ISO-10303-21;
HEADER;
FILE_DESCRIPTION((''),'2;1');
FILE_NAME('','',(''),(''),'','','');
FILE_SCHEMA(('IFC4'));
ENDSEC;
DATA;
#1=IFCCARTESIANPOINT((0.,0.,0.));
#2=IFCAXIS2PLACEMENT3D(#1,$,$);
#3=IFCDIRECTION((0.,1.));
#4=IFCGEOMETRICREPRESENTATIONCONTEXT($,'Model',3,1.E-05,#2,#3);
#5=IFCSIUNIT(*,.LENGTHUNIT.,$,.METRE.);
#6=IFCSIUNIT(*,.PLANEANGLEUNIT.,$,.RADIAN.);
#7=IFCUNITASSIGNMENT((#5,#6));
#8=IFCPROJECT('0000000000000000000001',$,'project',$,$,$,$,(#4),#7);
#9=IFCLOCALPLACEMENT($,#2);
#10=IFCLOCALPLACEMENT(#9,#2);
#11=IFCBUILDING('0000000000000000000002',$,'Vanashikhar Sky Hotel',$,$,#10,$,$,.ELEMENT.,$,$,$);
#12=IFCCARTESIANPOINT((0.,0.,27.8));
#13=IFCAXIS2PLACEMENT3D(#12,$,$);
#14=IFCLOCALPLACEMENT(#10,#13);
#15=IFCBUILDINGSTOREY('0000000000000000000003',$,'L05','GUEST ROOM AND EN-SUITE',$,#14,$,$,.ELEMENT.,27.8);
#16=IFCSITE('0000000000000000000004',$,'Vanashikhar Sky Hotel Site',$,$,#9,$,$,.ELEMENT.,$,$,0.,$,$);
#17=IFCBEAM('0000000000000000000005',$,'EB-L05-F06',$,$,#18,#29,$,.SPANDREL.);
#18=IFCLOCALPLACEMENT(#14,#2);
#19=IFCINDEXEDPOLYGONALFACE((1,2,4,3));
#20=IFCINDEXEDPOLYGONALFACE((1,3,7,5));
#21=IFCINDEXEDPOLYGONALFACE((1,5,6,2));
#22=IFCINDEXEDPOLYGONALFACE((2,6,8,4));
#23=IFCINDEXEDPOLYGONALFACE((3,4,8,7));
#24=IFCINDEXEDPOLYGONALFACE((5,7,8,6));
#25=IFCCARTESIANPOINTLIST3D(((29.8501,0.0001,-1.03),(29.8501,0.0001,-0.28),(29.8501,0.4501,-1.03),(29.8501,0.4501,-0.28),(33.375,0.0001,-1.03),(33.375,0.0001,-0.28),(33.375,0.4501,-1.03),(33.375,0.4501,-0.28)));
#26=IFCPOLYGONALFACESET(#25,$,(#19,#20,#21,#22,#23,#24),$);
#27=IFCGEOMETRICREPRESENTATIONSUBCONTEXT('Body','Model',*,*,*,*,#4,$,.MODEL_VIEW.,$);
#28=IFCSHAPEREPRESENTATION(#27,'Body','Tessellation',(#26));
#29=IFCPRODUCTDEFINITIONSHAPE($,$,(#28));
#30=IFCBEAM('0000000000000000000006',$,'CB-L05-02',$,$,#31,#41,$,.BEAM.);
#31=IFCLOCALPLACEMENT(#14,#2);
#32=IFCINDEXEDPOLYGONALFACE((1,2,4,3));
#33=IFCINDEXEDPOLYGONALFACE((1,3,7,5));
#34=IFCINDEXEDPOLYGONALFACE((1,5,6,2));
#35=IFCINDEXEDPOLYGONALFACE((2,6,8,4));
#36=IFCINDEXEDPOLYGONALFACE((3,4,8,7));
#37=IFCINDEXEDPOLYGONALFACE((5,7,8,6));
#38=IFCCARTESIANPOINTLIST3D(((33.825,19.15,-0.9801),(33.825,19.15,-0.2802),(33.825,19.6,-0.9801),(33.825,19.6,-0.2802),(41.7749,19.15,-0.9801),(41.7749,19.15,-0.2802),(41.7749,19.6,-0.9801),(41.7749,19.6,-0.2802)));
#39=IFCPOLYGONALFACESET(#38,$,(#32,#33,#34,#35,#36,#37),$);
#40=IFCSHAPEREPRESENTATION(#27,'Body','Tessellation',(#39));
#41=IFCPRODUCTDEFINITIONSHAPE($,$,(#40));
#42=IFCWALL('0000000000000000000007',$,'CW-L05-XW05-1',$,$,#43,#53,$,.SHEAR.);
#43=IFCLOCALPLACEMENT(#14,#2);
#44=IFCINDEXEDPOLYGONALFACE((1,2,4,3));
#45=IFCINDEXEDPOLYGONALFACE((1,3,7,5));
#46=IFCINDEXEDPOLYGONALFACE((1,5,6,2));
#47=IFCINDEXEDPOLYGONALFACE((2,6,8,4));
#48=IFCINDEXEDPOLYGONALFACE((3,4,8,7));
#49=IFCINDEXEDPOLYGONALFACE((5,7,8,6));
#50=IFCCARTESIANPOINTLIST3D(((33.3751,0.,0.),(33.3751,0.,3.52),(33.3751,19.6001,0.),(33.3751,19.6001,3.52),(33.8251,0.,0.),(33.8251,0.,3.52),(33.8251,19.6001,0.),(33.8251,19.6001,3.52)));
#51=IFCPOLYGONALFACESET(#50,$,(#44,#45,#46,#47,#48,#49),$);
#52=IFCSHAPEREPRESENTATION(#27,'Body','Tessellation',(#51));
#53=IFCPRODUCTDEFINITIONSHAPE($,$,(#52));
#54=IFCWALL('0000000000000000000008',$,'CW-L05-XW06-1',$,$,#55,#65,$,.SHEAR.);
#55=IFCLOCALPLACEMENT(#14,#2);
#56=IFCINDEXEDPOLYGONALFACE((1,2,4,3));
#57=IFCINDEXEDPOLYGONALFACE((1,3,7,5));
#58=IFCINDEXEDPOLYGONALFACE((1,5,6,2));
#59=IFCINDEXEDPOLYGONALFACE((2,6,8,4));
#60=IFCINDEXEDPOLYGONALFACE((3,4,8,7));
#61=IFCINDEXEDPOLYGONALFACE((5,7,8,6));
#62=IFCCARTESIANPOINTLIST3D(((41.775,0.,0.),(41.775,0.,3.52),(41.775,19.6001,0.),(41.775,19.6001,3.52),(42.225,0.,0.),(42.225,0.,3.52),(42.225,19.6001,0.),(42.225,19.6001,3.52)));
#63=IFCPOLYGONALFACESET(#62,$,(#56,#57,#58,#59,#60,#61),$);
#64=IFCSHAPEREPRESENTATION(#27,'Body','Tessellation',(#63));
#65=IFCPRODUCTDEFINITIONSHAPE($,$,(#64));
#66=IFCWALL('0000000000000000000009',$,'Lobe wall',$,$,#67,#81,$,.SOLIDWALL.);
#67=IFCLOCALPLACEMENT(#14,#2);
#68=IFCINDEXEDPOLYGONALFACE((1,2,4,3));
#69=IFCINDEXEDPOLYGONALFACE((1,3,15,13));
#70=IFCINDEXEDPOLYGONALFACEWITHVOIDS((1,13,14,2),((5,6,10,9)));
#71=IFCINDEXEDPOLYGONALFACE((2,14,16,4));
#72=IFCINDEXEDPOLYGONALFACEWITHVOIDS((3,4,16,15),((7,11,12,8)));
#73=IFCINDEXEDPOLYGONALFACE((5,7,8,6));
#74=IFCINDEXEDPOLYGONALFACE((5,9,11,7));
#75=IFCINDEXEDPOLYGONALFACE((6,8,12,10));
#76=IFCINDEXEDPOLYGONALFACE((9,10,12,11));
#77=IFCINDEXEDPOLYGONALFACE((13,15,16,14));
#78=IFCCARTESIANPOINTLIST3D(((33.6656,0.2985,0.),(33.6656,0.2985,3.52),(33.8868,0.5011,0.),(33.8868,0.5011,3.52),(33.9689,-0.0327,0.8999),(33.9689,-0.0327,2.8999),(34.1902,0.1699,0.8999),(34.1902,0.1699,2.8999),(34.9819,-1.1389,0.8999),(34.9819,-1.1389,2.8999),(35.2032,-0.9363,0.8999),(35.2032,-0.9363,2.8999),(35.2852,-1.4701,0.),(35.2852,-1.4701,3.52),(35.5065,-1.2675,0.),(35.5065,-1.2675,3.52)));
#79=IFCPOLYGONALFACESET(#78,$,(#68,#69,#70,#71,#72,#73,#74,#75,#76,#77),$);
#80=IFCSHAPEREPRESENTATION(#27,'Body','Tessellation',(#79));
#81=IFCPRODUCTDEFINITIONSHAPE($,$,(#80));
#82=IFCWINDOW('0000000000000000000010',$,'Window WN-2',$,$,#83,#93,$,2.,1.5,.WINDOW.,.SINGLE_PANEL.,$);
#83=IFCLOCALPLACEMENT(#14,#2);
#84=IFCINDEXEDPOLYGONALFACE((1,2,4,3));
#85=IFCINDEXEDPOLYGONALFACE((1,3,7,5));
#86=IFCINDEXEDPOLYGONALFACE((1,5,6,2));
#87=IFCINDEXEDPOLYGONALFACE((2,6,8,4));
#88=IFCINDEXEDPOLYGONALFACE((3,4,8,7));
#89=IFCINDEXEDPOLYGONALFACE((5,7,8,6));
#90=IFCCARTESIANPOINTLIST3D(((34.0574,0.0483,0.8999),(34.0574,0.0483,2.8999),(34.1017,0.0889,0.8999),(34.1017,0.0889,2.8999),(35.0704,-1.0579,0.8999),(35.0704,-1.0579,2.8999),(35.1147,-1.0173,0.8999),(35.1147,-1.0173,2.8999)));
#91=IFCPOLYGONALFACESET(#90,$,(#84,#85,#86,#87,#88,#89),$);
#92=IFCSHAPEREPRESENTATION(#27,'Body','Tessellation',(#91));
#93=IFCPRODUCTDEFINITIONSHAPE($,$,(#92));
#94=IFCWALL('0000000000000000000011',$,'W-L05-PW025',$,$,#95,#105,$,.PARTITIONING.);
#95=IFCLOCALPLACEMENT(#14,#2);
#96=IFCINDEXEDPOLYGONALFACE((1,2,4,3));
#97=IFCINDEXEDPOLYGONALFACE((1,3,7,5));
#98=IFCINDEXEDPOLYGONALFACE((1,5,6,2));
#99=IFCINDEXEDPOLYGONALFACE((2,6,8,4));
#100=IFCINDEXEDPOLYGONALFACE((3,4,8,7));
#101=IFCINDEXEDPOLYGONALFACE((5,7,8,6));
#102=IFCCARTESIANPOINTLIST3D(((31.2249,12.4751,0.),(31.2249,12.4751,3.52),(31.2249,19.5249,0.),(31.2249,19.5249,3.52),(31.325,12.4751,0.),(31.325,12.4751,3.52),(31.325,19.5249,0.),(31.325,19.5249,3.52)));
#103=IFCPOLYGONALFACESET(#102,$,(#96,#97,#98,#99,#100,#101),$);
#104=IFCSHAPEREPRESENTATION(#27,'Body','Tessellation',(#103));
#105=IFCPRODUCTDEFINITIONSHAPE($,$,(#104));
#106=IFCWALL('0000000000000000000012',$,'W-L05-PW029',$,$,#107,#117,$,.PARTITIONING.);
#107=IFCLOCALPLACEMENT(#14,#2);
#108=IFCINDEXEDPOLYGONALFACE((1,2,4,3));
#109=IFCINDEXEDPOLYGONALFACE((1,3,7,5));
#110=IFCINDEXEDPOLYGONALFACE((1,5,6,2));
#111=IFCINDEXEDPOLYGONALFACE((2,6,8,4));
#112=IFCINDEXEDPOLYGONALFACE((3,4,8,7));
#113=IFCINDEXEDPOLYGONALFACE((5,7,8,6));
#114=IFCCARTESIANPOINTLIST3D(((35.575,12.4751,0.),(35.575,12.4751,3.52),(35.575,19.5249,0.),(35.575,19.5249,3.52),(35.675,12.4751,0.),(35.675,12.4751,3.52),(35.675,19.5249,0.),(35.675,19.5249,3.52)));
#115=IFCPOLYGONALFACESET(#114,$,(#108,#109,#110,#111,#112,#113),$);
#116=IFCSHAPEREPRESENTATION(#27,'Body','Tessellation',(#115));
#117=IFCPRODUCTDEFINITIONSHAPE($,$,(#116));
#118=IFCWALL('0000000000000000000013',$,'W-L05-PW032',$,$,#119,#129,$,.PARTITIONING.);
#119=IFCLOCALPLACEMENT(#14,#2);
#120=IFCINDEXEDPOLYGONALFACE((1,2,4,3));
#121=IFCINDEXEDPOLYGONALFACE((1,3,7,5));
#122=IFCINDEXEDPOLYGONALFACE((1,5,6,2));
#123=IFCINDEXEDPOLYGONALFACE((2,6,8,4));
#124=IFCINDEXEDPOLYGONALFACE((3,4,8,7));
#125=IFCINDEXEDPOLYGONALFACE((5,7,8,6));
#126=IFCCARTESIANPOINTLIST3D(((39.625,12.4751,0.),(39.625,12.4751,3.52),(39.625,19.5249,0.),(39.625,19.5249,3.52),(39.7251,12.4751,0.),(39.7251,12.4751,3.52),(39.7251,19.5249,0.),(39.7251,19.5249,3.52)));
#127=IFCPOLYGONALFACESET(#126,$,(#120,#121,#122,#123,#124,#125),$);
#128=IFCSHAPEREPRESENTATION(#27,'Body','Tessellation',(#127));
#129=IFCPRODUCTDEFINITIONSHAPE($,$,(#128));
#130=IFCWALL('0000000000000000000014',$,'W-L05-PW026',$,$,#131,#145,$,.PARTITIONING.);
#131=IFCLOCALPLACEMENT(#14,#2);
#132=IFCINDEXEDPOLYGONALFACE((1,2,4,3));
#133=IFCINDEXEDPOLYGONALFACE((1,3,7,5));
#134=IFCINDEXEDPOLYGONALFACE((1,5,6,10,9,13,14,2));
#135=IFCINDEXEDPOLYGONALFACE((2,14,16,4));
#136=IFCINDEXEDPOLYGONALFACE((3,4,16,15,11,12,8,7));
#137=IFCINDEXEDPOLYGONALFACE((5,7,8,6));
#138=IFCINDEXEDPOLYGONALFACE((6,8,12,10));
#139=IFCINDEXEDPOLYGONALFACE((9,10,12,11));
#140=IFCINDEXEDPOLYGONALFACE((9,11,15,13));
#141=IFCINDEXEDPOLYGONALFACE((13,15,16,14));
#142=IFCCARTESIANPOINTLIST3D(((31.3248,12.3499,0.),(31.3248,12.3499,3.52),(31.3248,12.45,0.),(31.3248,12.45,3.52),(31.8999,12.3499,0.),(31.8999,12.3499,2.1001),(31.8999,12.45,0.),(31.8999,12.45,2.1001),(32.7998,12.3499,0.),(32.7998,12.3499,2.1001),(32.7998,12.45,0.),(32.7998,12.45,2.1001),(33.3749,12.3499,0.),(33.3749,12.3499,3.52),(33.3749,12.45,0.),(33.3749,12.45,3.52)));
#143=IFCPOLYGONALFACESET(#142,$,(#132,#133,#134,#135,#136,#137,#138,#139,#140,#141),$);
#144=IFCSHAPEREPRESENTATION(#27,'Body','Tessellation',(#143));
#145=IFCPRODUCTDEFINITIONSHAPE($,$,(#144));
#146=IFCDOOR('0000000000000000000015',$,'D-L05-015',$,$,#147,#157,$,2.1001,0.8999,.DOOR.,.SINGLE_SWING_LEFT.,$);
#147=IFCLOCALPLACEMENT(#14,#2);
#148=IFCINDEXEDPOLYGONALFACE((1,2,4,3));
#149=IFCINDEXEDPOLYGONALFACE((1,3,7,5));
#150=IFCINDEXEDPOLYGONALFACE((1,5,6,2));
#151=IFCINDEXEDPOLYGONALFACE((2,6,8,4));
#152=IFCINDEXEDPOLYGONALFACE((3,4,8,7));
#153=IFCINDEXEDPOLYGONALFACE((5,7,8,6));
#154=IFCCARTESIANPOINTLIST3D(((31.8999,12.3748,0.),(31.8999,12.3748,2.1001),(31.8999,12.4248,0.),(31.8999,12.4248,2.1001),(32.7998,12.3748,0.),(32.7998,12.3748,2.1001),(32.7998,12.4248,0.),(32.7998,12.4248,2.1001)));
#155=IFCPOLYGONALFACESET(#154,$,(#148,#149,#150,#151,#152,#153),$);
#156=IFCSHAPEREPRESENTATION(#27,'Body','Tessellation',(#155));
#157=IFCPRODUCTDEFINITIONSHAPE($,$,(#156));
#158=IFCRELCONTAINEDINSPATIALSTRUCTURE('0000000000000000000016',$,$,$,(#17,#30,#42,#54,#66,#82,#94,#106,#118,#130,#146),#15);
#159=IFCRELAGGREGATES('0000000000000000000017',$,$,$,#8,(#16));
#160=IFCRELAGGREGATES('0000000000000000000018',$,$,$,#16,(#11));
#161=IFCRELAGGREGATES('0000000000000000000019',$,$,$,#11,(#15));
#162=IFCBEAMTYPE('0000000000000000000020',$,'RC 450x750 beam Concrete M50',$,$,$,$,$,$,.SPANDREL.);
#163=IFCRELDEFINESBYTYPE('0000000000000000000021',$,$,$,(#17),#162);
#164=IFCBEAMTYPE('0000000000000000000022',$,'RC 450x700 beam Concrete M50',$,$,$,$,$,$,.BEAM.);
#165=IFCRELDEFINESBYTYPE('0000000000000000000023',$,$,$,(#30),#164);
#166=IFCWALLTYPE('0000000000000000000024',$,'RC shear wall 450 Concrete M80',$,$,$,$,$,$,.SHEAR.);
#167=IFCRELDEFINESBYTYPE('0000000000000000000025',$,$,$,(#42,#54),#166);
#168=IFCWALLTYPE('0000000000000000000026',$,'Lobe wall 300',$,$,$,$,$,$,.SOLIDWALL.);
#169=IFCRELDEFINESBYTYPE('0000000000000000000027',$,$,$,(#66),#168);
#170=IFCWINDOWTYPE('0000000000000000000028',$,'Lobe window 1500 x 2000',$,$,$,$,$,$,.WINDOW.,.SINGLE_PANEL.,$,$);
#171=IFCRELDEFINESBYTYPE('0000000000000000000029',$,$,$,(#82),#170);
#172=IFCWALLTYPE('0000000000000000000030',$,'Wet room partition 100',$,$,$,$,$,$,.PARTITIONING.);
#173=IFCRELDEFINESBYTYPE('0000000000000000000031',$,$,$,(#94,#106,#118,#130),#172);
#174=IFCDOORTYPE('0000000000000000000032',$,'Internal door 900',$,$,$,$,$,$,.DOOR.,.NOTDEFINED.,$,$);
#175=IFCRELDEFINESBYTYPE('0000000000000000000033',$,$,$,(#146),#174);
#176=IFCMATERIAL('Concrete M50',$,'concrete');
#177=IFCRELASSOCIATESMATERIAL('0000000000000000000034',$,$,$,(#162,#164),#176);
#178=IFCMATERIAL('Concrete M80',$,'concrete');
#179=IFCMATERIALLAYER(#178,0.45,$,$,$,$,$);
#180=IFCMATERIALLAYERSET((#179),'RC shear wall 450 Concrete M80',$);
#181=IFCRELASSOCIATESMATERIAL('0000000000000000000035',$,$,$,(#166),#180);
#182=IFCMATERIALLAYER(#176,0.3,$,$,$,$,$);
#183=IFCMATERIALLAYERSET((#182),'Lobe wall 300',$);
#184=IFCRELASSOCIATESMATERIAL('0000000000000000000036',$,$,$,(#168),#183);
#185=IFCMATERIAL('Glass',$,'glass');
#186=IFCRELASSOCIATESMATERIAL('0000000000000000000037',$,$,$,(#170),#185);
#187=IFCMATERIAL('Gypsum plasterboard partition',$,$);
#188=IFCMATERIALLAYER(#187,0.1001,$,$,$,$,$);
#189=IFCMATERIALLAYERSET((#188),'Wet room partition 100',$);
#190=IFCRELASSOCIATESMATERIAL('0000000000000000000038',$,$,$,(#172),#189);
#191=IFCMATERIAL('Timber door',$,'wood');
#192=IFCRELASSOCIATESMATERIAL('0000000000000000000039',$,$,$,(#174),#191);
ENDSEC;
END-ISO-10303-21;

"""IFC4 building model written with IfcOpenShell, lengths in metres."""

from ifc_helpers import new_model, si_unit, direction, frame, frame_2d, origin, origin_2d, place, context, subcontext, project, spatial, rectangle, extrude, source, transform, mapped, material, layer, layer_set, material_profile, profile_set, type_object, element, fill, save


model = new_model("IFC4")

# Units and contexts
model_context = context("Model", 3, precision=1e-05, world=origin(), true_north=direction((0.0, 1.0)))
body_context = subcontext(model_context, "Body", "Model", "MODEL_VIEW")
ifc_project = project(units=[si_unit("LENGTHUNIT", "METRE"), si_unit("PLANEANGLEUNIT", "RADIAN")], contexts=[model_context])

# Site, building, storey
site_placement = place(None, origin())
site = spatial("IfcSite", under=ifc_project, at=site_placement, Name="Vanashikhar Sky Hotel Site", CompositionType="ELEMENT", RefElevation=0.0)
building_placement = place(site_placement, origin())
building = spatial("IfcBuilding", under=site, at=building_placement, Name="Vanashikhar Sky Hotel", CompositionType="ELEMENT")
storey_placement = place(building_placement, frame((0.0, 0.0, 27.8)))
storey = spatial("IfcBuildingStorey", under=building, at=storey_placement, Name="L05", Description="GUEST ROOM AND EN-SUITE", CompositionType="ELEMENT", Elevation=27.8)

# Beams
ifc_material_1 = material(Name="Concrete M50", Category="concrete")
ifc_material_profile_1 = material_profile(ifc_material_1, rectangle(XDim=0.45, YDim=0.75, at=origin_2d()))
ifc_profile_set_1 = profile_set([ifc_material_profile_1], Name="RC 450x750 beam Concrete M50")
beam_type_1 = type_object("IfcBeamType", Name="RC 450x750 beam Concrete M50", PredefinedType="SPANDREL", material=ifc_profile_set_1)
shared_shape_1 = source(origin(), body_context, "Body", "SweptSolid", [
    extrude(rectangle(XDim=0.45, YDim=0.75, at=origin_2d()), origin(), (0.0, 0.0, 1.0), 3.5249),
])
beam_1_placement = place(storey_placement, frame((29.8501, 0.2251, -0.655), z_axis=(1.0, 0.0, 0.0), x_axis=(0.0, 1.0, 0.0)))
element("IfcBeam", 1, at=beam_1_placement, inside=storey, type_object=beam_type_1, Name="EB-L05-F06", PredefinedType="SPANDREL", context=body_context, shape_type="MappedRepresentation", body=[
    mapped(shared_shape_1, transform((0.0, 0.0, 0.0), scale=1.0)),
])
ifc_material_profile_2 = material_profile(ifc_material_1, rectangle(XDim=0.45, YDim=0.7, at=origin_2d()))
ifc_profile_set_2 = profile_set([ifc_material_profile_2], Name="RC 450x700 beam Concrete M50")
beam_type_2 = type_object("IfcBeamType", Name="RC 450x700 beam Concrete M50", PredefinedType="BEAM", material=ifc_profile_set_2)
shared_shape_2 = source(origin(), body_context, "Body", "SweptSolid", [
    extrude(rectangle(XDim=0.45, YDim=0.7, at=origin_2d()), origin(), (0.0, 0.0, 1.0), 7.95),
])
beam_2_placement = place(storey_placement, frame((33.825, 19.375, -0.6301), z_axis=(1.0, 0.0, 0.0), x_axis=(0.0, 1.0, 0.0)))
element("IfcBeam", 2, at=beam_2_placement, inside=storey, type_object=beam_type_2, Name="CB-L05-02", PredefinedType="BEAM", context=body_context, shape_type="MappedRepresentation", body=[
    mapped(shared_shape_2, transform((0.0, 0.0, 0.0), scale=1.0)),
])

# Walls
ifc_material_2 = material(Name="Concrete M80", Category="concrete")
ifc_layer_1 = layer(ifc_material_2, 0.45)
ifc_layer_set_1 = layer_set([ifc_layer_1], Name="RC shear wall 450 Concrete M80")
wall_type_1 = type_object("IfcWallType", Name="RC shear wall 450 Concrete M80", PredefinedType="SHEAR", material=ifc_layer_set_1)
shared_shape_3 = source(origin(), body_context, "Body", "SweptSolid", [
    extrude(rectangle(XDim=19.6001, YDim=0.45, at=frame_2d((9.8, 0.0))), origin(), (0.0, 0.0, 1.0), 3.52),
])
for number, where, z_axis, x_axis, name in (
    (3, (33.6001, 0.0, 0.0), (0.0, 0.0, 1.0), (0.0, 1.0, 0.0), "CW-L05-XW05-1"),
    (4, (42.0, 0.0, 0.0), (0.0, 0.0, 1.0), (0.0, 1.0, 0.0), "CW-L05-XW06-1"),
):
    element("IfcWall", number, at=place(storey_placement, frame(where, z_axis=z_axis, x_axis=x_axis)), inside=storey, type_object=wall_type_1, Name=name, PredefinedType="SHEAR", context=body_context, shape_type="MappedRepresentation", body=[
        mapped(shared_shape_3, transform((0.0, 0.0, 0.0), scale=1.0)),
    ])

# Shared definitions
ifc_material_3 = material(Name="Glass", Category="glass")

# Wall, opening, window
ifc_layer_2 = layer(ifc_material_1, 0.3)
ifc_layer_set_2 = layer_set([ifc_layer_2], Name="Lobe wall 300")
wall_type_2 = type_object("IfcWallType", Name="Lobe wall 300", PredefinedType="SOLIDWALL", material=ifc_layer_set_2)
shared_shape_4 = source(origin(), body_context, "Body", "SweptSolid", [
    extrude(rectangle(XDim=2.3982, YDim=0.3, at=frame_2d((1.1992, 0.0))), origin(), (0.0, 0.0, 1.0), 3.52),
])
wall_1_placement = place(storey_placement, frame((33.7761, 0.3999, 0.0), z_axis=(0.0, 0.0, 1.0), x_axis=(0.675374, -0.737475, 0.0)))
wall_1 = element("IfcWall", 5, at=wall_1_placement, inside=storey, type_object=wall_type_2, Name="Lobe wall", PredefinedType="SOLIDWALL", context=body_context, shape_type="MappedRepresentation", body=[
    mapped(shared_shape_4, transform((0.0, 0.0, 0.0), scale=1.0)),
])
shared_shape_5 = source(origin(), body_context, "Body", "SweptSolid", [
    extrude(rectangle(XDim=1.5, YDim=2.0, at=frame_2d((0.75, 1.0))), frame((0.0, 0.1602, 0.0), z_axis=(0.0, -1.0, 0.0), x_axis=(1.0, 0.0, 0.0)), (0.0, 0.0, 1.0), 0.3201),
])
opening_1_placement = place(wall_1_placement, frame((0.4492, 0.0, 0.8999)))
opening_1 = element("IfcOpeningElement", 6, at=opening_1_placement, cuts=wall_1, PredefinedType="OPENING", context=body_context, shape_type="MappedRepresentation", body=[
    mapped(shared_shape_5, transform((0.0, 0.0, 0.0), scale=1.0)),
])
window_type_1 = type_object("IfcWindowType", Name="Lobe window 1500 x 2000", PartitioningType="SINGLE_PANEL", PredefinedType="WINDOW", material=ifc_material_3)
shared_shape_6 = source(origin(), body_context, "Body", "SweptSolid", [
    extrude(rectangle(XDim=1.5, YDim=2.0, at=frame_2d((0.75, 1.0))), frame((0.0, 0.03, 0.0), z_axis=(0.0, -1.0, 0.0), x_axis=(1.0, 0.0, 0.0)), (0.0, 0.0, 1.0), 0.0601),
])
window_1_placement = place(opening_1_placement, origin())
window_1 = element("IfcWindow", 7, at=window_1_placement, inside=storey, type_object=window_type_1, Name="Window WN-2", OverallHeight=2.0, OverallWidth=1.5, PartitioningType="SINGLE_PANEL", PredefinedType="WINDOW", context=body_context, shape_type="MappedRepresentation", body=[
    mapped(shared_shape_6, transform((0.0, 0.0, 0.0), scale=1.0)),
])
fill(opening_1, window_1)

# Walls
ifc_material_4 = material(Name="Gypsum plasterboard partition")
ifc_layer_3 = layer(ifc_material_4, 0.1001)
ifc_layer_set_3 = layer_set([ifc_layer_3], Name="Wet room partition 100")
wall_type_3 = type_object("IfcWallType", Name="Wet room partition 100", PredefinedType="PARTITIONING", material=ifc_layer_set_3)
shared_shape_7 = source(origin(), body_context, "Body", "SweptSolid", [
    extrude(rectangle(XDim=7.0498, YDim=0.1001, at=frame_2d((3.5249, 0.0))), origin(), (0.0, 0.0, 1.0), 3.52),
])
for number, where, z_axis, x_axis, name in (
    (8, (31.2749, 12.4751, 0.0), (0.0, 0.0, 1.0), (0.0, 1.0, 0.0), "W-L05-PW025"),
    (9, (35.625, 12.4751, 0.0), (0.0, 0.0, 1.0), (0.0, 1.0, 0.0), "W-L05-PW029"),
    (10, (39.675, 12.4751, 0.0), (0.0, 0.0, 1.0), (0.0, 1.0, 0.0), "W-L05-PW032"),
):
    element("IfcWall", number, at=place(storey_placement, frame(where, z_axis=z_axis, x_axis=x_axis)), inside=storey, type_object=wall_type_3, Name=name, PredefinedType="PARTITIONING", context=body_context, shape_type="MappedRepresentation", body=[
        mapped(shared_shape_7, transform((0.0, 0.0, 0.0), scale=1.0)),
    ])

# Wall, opening, door
shared_shape_8 = source(origin(), body_context, "Body", "SweptSolid", [
    extrude(rectangle(XDim=2.05, YDim=0.1001, at=frame_2d((1.0249, 0.0))), origin(), (0.0, 0.0, 1.0), 3.52),
])
wall_2_placement = place(storey_placement, frame((31.325, 12.3999, 0.0), z_axis=(0.0, 0.0, 1.0), x_axis=(1.0, 0.0, 0.0)))
wall_2 = element("IfcWall", 11, at=wall_2_placement, inside=storey, type_object=wall_type_3, Name="W-L05-PW026", PredefinedType="PARTITIONING", context=body_context, shape_type="MappedRepresentation", body=[
    mapped(shared_shape_8, transform((0.0, 0.0, 0.0), scale=1.0)),
])
shared_shape_9 = source(origin(), body_context, "Body", "SweptSolid", [
    extrude(rectangle(XDim=0.8999, YDim=2.1001, at=frame_2d((0.45, 1.05))), frame((0.0, 0.0601, 0.0), z_axis=(0.0, -1.0, 0.0), x_axis=(1.0, 0.0, 0.0)), (0.0, 0.0, 1.0), 0.1201),
])
opening_2_placement = place(wall_2_placement, frame((0.575, 0.0, 0.0)))
opening_2 = element("IfcOpeningElement", 12, at=opening_2_placement, cuts=wall_2, PredefinedType="OPENING", context=body_context, shape_type="MappedRepresentation", body=[
    mapped(shared_shape_9, transform((0.0, 0.0, 0.0), scale=1.0)),
])
ifc_material_5 = material(Name="Timber door", Category="wood")
door_type_1 = type_object("IfcDoorType", Name="Internal door 900", OperationType="NOTDEFINED", PredefinedType="DOOR", material=ifc_material_5)
shared_shape_10 = source(origin(), body_context, "Body", "SweptSolid", [
    extrude(rectangle(XDim=0.8999, YDim=2.1001, at=frame_2d((0.45, 1.05))), frame((0.0, 0.0249, 0.0), z_axis=(0.0, -1.0, 0.0), x_axis=(1.0, 0.0, 0.0)), (0.0, 0.0, 1.0), 0.05),
])
door_1_placement = place(opening_2_placement, origin())
door_1 = element("IfcDoor", 13, at=door_1_placement, inside=storey, type_object=door_type_1, Name="D-L05-015", OperationType="SINGLE_SWING_LEFT", OverallHeight=2.1001, OverallWidth=0.8999, PredefinedType="DOOR", context=body_context, shape_type="MappedRepresentation", body=[
    mapped(shared_shape_10, transform((0.0, 0.0, 0.0), scale=1.0)),
])
fill(opening_2, door_1)

save(model, "model.ifc")
